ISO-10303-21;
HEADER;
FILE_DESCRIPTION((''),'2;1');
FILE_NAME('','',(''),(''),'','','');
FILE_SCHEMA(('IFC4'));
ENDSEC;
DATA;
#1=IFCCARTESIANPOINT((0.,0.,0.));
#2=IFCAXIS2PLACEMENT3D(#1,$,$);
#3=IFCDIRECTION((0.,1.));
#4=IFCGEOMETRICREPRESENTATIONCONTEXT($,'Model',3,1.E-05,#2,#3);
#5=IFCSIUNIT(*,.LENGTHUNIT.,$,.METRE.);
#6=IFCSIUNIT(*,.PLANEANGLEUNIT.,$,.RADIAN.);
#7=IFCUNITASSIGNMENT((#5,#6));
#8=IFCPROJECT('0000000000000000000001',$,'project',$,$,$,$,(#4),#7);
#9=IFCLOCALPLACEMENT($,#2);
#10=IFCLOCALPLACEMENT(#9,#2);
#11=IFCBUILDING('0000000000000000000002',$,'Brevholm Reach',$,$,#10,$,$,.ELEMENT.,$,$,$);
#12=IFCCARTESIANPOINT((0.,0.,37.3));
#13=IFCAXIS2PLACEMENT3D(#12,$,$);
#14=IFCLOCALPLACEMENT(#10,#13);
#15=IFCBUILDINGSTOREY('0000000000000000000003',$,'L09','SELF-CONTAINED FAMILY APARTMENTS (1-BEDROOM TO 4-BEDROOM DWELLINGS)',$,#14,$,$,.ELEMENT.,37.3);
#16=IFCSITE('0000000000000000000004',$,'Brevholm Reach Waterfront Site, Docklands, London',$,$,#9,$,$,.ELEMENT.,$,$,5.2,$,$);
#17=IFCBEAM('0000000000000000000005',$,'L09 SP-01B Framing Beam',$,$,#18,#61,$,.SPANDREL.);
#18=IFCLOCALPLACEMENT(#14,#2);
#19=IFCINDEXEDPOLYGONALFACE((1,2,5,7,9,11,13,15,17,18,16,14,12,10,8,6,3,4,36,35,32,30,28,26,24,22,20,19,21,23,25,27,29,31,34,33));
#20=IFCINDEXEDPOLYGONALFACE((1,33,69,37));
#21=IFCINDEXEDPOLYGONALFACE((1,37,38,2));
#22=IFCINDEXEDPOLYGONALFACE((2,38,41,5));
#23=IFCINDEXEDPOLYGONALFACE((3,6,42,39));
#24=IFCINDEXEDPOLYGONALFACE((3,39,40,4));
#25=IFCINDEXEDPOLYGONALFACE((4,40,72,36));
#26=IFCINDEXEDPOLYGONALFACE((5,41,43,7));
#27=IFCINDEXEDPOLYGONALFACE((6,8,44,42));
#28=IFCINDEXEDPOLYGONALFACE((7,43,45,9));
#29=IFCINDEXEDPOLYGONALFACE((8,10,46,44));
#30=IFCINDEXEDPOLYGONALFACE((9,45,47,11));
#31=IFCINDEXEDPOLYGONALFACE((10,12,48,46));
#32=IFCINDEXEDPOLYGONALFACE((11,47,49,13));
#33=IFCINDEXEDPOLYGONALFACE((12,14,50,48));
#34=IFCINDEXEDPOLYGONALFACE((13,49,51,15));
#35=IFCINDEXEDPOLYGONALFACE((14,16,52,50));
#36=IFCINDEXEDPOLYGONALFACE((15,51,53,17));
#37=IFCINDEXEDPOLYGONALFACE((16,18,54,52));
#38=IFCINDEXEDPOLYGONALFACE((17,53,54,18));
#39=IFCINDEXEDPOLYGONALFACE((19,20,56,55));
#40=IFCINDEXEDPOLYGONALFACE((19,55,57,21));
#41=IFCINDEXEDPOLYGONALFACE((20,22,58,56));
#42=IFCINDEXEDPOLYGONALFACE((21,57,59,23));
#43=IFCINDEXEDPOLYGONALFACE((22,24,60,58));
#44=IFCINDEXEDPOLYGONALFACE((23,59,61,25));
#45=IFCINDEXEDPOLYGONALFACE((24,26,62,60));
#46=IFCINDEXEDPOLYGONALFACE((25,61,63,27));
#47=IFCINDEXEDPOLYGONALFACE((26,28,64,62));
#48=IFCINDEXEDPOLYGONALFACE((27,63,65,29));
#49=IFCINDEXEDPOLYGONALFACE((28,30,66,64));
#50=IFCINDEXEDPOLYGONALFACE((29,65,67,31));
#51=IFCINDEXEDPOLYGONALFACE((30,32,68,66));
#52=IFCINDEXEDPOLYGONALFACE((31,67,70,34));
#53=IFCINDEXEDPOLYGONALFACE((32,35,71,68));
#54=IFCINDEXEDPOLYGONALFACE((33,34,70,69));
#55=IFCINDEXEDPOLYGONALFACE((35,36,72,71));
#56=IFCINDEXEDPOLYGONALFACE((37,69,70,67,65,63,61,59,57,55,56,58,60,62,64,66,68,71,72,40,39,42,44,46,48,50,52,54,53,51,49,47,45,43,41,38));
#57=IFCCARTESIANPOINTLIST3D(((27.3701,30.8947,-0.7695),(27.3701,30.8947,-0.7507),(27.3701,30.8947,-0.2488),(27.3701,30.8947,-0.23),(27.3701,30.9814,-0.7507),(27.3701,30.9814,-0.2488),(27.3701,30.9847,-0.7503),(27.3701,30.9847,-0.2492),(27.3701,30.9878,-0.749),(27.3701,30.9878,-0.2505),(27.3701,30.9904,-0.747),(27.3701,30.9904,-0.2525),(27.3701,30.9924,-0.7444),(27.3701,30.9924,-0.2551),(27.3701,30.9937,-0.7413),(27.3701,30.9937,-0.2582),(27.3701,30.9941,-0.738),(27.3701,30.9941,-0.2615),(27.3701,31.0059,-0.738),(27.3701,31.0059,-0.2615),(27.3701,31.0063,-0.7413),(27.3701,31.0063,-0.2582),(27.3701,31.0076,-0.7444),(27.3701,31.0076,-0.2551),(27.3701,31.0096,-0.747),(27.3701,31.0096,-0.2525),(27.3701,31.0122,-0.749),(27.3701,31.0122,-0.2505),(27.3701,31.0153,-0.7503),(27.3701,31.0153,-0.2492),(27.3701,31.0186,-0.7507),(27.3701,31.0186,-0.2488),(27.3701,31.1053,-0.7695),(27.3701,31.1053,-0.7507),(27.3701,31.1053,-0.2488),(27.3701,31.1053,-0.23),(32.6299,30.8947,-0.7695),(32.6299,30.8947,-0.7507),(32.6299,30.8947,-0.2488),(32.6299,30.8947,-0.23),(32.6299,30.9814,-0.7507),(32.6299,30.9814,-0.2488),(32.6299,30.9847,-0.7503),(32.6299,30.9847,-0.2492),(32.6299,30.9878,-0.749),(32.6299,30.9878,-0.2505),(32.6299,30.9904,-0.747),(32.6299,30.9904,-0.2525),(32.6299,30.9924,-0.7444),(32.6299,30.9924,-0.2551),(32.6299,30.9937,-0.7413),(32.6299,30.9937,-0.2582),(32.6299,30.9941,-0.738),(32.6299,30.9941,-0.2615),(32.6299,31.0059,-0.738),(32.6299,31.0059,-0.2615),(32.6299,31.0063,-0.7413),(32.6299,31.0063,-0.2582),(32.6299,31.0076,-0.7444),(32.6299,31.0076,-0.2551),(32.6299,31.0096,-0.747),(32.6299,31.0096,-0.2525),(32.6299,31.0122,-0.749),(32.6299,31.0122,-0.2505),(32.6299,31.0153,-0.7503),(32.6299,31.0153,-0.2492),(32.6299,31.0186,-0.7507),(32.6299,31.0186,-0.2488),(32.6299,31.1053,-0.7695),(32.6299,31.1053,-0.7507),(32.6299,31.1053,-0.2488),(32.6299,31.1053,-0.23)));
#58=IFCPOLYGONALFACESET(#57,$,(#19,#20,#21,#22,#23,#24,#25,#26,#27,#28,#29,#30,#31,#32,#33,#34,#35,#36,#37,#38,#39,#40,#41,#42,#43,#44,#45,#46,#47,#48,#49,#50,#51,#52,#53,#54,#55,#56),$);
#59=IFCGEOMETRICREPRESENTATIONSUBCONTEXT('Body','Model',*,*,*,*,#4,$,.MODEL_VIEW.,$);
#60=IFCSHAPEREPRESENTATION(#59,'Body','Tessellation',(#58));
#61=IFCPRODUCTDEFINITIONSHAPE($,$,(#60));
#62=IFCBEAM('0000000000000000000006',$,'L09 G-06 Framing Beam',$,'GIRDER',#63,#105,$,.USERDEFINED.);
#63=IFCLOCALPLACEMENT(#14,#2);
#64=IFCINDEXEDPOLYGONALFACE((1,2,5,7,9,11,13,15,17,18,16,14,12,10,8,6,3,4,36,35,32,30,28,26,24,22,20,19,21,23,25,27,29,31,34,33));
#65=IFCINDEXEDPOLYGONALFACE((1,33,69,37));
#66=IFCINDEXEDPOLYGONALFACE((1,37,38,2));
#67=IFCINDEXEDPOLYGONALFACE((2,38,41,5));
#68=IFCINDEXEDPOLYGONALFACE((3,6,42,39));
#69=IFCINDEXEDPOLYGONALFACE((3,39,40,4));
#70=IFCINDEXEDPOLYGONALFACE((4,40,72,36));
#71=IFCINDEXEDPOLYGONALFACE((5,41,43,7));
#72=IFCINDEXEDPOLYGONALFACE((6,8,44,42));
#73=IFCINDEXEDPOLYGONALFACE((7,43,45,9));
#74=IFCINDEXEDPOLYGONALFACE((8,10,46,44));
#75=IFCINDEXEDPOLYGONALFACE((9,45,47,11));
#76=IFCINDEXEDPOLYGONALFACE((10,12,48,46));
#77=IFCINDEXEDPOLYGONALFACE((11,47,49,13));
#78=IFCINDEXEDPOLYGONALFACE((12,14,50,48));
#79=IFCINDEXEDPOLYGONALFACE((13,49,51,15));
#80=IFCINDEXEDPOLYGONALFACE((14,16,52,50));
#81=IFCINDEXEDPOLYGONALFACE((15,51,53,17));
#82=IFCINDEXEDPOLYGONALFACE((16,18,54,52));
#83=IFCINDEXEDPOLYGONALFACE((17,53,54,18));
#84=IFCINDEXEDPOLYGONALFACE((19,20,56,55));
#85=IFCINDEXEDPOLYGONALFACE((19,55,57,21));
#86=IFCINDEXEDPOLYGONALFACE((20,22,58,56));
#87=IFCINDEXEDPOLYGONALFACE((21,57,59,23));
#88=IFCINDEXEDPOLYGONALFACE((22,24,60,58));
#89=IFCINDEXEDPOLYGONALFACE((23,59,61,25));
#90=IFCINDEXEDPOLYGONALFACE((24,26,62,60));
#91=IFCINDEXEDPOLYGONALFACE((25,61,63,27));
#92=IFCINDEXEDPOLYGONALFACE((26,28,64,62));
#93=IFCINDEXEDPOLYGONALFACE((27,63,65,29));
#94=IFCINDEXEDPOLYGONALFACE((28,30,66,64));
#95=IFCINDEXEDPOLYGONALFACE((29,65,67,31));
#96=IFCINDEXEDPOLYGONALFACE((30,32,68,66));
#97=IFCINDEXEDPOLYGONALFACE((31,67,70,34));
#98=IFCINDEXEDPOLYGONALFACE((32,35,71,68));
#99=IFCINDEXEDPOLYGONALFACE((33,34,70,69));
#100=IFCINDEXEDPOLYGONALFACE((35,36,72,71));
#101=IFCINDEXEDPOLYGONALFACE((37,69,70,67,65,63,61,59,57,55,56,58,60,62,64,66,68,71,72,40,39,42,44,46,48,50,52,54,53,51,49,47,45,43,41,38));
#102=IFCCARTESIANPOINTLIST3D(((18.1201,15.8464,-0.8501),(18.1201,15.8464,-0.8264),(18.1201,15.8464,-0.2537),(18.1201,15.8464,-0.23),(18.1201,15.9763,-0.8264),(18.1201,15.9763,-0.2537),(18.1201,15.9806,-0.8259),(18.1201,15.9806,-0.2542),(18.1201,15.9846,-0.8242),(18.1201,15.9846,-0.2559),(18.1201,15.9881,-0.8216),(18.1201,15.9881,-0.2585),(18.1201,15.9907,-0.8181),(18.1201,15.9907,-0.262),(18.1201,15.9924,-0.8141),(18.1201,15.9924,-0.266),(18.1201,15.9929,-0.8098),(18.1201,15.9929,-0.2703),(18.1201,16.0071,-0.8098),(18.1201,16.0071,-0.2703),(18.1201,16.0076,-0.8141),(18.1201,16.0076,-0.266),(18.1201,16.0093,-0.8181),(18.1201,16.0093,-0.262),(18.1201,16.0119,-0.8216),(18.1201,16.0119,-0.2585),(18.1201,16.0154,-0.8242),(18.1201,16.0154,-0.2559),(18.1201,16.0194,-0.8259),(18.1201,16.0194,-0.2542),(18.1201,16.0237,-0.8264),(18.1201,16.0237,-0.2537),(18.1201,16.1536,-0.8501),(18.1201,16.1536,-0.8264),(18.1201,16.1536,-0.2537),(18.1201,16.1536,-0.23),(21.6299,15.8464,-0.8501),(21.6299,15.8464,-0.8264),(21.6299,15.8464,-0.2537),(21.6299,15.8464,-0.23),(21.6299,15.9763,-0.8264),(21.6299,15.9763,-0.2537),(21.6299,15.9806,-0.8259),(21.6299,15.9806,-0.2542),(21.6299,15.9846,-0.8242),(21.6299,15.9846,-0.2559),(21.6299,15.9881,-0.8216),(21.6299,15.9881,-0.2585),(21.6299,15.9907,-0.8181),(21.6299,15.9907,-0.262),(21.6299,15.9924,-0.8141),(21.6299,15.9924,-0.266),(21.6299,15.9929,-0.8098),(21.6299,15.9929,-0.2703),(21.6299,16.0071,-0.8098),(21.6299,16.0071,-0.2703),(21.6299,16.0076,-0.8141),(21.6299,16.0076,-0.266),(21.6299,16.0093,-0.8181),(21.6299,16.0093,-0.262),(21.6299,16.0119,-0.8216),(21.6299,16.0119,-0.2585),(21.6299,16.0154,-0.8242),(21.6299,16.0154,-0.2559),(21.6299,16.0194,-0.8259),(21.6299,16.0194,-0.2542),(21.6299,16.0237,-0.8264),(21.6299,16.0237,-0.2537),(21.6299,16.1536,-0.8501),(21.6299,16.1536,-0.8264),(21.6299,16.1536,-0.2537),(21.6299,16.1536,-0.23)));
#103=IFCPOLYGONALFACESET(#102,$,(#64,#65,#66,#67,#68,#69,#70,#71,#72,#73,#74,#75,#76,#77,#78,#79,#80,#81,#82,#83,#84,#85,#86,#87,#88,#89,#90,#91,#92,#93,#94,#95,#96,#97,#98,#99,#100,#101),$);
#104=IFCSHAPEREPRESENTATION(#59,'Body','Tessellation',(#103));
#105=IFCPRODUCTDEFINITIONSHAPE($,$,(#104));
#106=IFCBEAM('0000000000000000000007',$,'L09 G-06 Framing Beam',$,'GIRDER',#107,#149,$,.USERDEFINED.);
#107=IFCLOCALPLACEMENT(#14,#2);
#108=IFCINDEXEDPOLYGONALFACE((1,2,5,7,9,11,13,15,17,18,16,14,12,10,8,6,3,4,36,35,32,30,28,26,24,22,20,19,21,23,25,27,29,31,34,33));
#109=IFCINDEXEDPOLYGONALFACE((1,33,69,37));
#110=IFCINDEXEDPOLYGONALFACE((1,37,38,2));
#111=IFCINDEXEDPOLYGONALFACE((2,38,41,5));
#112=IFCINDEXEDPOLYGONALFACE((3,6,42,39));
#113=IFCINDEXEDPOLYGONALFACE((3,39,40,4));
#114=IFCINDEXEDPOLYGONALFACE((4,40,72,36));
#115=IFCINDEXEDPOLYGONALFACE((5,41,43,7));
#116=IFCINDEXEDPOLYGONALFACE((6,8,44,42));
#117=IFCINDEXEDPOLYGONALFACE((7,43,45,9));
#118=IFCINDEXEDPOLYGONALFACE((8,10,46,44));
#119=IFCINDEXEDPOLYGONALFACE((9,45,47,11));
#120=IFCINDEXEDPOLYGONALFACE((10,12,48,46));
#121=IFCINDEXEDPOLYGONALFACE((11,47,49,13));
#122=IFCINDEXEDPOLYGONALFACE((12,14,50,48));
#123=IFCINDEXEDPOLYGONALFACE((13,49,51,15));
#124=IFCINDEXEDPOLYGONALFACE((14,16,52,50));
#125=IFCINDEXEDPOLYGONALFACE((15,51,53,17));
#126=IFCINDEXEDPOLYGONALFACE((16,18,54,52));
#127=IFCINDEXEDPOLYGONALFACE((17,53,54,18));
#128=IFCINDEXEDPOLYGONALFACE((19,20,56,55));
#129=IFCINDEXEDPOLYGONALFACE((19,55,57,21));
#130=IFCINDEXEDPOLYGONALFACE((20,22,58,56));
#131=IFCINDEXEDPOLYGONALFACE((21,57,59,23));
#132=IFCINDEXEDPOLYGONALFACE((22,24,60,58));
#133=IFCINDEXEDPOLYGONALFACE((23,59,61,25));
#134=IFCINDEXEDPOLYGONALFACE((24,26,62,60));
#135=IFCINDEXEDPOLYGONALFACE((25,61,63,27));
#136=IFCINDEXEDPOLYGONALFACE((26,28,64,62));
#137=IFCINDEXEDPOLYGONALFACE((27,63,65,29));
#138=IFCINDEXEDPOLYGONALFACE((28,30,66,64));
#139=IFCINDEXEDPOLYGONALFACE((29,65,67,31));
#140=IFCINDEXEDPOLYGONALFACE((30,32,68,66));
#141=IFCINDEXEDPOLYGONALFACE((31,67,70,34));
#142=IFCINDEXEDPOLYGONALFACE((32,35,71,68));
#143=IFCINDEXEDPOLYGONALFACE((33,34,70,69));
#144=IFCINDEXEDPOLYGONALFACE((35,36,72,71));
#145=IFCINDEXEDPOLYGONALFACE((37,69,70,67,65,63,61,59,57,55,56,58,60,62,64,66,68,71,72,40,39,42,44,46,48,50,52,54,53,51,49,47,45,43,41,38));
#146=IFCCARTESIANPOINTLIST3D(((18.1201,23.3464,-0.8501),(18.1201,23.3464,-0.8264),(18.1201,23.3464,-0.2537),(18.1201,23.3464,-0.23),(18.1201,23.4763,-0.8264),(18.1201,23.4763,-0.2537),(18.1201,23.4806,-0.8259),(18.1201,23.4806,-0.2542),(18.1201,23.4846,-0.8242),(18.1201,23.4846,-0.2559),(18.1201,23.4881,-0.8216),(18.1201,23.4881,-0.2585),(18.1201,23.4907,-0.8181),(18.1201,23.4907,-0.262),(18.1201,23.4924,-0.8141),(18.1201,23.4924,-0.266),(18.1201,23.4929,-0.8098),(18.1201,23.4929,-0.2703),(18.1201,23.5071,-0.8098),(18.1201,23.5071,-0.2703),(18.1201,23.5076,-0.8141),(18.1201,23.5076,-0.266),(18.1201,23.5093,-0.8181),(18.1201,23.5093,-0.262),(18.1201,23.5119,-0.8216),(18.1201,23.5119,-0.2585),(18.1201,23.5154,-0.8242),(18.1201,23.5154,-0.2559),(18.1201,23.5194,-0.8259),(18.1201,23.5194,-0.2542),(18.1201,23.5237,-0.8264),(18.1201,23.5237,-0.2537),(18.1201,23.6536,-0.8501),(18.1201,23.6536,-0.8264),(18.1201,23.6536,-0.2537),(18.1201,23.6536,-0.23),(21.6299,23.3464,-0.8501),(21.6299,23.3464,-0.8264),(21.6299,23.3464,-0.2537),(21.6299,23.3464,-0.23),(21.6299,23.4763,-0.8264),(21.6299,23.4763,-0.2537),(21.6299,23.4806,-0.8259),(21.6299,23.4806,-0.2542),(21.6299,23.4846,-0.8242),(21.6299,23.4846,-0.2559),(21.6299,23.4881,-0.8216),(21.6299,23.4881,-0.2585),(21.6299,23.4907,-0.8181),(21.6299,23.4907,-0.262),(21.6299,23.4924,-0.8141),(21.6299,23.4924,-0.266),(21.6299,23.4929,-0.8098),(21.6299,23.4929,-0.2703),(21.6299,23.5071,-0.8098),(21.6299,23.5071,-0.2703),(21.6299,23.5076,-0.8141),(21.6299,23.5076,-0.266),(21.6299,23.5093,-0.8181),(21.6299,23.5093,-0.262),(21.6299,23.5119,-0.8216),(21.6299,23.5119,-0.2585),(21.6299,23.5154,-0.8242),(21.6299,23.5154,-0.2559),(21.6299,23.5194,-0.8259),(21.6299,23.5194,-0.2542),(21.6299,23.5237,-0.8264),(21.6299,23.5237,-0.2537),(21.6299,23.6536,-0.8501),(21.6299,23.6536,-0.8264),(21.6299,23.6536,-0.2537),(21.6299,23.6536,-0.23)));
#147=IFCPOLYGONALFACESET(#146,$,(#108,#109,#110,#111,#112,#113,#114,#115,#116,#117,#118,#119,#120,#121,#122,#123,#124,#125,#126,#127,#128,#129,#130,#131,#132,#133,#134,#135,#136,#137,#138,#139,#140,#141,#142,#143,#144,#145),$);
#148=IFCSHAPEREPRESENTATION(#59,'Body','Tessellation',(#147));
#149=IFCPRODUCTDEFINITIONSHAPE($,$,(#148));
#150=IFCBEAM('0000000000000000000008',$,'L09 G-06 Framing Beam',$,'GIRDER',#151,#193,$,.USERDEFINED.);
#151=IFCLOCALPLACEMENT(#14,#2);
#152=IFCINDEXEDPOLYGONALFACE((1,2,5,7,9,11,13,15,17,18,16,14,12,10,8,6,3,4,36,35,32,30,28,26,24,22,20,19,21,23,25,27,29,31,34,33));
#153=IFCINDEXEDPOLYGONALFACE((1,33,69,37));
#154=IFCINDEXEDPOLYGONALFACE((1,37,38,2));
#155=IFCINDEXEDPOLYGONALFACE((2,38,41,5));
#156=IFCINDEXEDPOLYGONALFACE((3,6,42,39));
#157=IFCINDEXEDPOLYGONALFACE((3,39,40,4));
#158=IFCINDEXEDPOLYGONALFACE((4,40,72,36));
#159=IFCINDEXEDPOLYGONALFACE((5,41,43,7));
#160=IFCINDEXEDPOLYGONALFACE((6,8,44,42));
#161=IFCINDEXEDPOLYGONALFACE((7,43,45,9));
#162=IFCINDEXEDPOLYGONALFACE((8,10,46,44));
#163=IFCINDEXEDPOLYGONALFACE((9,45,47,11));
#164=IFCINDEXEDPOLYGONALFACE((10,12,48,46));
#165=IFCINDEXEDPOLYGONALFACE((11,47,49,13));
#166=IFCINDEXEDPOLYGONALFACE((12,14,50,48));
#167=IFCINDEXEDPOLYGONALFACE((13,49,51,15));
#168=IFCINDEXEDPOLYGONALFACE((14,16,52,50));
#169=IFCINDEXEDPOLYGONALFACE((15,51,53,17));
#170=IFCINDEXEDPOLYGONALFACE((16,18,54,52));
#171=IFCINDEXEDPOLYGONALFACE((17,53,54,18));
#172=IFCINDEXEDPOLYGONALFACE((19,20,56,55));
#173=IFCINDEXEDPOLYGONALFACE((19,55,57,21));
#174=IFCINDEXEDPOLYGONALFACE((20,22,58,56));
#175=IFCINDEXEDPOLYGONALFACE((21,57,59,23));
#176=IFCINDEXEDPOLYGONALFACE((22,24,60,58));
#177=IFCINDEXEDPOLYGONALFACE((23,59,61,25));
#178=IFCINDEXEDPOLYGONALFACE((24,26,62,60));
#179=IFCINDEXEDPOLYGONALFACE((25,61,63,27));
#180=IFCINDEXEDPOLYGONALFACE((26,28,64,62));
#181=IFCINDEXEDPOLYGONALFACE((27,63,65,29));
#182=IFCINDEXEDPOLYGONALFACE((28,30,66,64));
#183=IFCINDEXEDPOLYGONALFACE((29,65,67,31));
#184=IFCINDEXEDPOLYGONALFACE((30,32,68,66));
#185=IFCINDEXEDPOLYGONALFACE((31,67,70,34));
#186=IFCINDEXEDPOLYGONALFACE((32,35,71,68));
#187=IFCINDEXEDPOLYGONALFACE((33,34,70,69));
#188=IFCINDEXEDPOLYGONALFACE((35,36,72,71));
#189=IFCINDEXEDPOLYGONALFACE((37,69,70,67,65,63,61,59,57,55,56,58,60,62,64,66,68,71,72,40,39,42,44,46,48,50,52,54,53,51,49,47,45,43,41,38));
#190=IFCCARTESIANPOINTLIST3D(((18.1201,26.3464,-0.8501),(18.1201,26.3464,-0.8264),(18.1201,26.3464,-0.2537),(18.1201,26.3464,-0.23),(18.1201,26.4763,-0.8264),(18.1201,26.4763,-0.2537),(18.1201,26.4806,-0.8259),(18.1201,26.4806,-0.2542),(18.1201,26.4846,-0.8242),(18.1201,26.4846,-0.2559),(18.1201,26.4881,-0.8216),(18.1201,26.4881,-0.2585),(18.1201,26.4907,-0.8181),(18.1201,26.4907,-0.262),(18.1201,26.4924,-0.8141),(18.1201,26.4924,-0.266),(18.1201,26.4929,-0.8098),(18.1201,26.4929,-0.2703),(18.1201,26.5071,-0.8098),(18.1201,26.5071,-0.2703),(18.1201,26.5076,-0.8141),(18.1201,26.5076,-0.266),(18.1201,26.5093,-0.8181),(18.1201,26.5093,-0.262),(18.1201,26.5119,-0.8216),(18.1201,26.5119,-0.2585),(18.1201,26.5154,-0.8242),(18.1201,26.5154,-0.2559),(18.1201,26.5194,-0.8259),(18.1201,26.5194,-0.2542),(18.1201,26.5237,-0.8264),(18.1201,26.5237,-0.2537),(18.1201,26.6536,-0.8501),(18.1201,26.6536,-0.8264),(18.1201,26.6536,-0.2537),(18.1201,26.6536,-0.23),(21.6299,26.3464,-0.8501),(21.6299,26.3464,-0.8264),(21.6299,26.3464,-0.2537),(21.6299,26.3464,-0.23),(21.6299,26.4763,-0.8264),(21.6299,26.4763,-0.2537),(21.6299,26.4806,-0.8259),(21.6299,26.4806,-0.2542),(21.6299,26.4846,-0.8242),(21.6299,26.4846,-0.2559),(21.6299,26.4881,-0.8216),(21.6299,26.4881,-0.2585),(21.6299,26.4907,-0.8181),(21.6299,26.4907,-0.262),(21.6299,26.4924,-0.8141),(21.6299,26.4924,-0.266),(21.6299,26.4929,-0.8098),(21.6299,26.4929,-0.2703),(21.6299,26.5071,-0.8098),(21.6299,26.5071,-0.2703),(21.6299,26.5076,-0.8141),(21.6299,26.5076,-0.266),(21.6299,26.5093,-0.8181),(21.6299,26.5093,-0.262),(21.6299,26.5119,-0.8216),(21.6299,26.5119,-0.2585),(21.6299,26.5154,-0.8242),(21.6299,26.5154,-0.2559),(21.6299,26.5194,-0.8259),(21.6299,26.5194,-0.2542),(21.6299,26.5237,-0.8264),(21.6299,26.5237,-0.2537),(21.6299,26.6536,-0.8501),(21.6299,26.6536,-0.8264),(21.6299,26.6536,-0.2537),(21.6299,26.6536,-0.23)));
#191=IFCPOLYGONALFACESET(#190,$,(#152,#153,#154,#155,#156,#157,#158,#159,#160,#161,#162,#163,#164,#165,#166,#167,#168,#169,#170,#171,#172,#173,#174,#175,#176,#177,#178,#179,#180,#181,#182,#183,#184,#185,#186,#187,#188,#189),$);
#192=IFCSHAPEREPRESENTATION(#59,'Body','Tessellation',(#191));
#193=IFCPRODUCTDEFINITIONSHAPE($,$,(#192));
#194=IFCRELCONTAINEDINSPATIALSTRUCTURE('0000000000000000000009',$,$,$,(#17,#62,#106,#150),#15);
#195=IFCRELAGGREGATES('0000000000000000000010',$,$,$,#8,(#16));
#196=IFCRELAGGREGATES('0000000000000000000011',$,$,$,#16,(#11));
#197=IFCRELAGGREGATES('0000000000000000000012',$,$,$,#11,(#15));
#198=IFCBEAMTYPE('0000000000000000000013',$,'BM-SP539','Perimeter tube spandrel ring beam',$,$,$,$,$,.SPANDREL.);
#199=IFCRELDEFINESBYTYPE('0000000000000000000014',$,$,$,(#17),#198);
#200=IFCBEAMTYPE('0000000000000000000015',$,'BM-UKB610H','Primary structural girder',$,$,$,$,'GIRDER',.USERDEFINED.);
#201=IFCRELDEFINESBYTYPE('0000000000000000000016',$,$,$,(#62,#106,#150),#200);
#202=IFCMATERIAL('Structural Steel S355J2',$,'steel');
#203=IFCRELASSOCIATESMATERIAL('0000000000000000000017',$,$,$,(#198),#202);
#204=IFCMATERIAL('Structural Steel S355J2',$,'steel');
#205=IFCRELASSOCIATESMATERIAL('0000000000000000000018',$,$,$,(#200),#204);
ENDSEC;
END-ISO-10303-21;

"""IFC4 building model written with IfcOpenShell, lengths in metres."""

from ifc_helpers import new_model, si_unit, direction, frame, origin, origin_2d, place, context, subcontext, project, spatial, i_section, extrude, material, material_profile, profile_set, type_object, element, save


model = new_model("IFC4")

# Units and contexts
model_context = context("Model", 3, precision=1e-05, world=origin(), true_north=direction((0.0, 1.0)))
body_context = subcontext(model_context, "Body", "Model", "MODEL_VIEW")
ifc_project = project(units=[si_unit("LENGTHUNIT", "METRE"), si_unit("PLANEANGLEUNIT", "RADIAN")], contexts=[model_context])

# Site, building, storey
site_placement = place(None, origin())
site = spatial("IfcSite", under=ifc_project, at=site_placement, Name="Brevholm Reach Waterfront Site, Docklands, London", CompositionType="ELEMENT", RefElevation=5.2)
building_placement = place(site_placement, origin())
building = spatial("IfcBuilding", under=site, at=building_placement, Name="Brevholm Reach", CompositionType="ELEMENT")
storey_placement = place(building_placement, frame((0.0, 0.0, 37.3)))
storey = spatial("IfcBuildingStorey", under=building, at=storey_placement, Name="L09", Description="SELF-CONTAINED FAMILY APARTMENTS (1-BEDROOM TO 4-BEDROOM DWELLINGS)", CompositionType="ELEMENT", Elevation=37.3)

# Beams
ifc_material_1 = material(Name="Structural Steel S355J2", Category="steel")
ifc_material_profile_1 = material_profile(ifc_material_1, i_section(OverallWidth=0.2107, OverallDepth=0.5396, WebThickness=0.0117, FlangeThickness=0.0188, FilletRadius=0.0127, at=origin_2d()), Name="UKB 533x210x109")
ifc_profile_set_1 = profile_set([ifc_material_profile_1], Name="Structural Steel S355J2")
beam_type_1 = type_object("IfcBeamType", Name="BM-SP539", Description="Perimeter tube spandrel ring beam", PredefinedType="SPANDREL", material=ifc_profile_set_1)
for number, where, z_axis, x_axis, name in (
    (1, (27.3701, 31.0, -0.4998), (1.0, 0.0, 0.0), (0.0, 1.0, 0.0), "L09 SP-01B Framing Beam"),
):
    element("IfcBeam", number, at=place(storey_placement, frame(where, z_axis=z_axis, x_axis=x_axis)), inside=storey, type_object=beam_type_1, Name=name, PredefinedType="SPANDREL", context=body_context, shape_type="SweptSolid", body=[
        extrude(i_section(OverallWidth=0.2107, OverallDepth=0.5396, WebThickness=0.0117, FlangeThickness=0.0188, FilletRadius=0.0127, at=origin_2d()), origin(), (0.0, 0.0, 1.0), 5.2598),
    ])
ifc_material_2 = material(Name="Structural Steel S355J2", Category="steel")
ifc_material_profile_2 = material_profile(ifc_material_2, i_section(OverallWidth=0.3071, OverallDepth=0.6201, WebThickness=0.0142, FlangeThickness=0.0237, FilletRadius=0.0166, at=origin_2d()), Name="UKB 610x305x179")
ifc_profile_set_2 = profile_set([ifc_material_profile_2], Name="Structural Steel S355J2")
beam_type_2 = type_object("IfcBeamType", Name="BM-UKB610H", Description="Primary structural girder", ElementType="GIRDER", PredefinedType="USERDEFINED", material=ifc_profile_set_2)
for number, where, z_axis, x_axis, name in (
    (2, (18.1201, 16.0, -0.54), (1.0, 0.0, 0.0), (0.0, 1.0, 0.0), "L09 G-06 Framing Beam"),
    (3, (18.1201, 23.5, -0.54), (1.0, 0.0, 0.0), (0.0, 1.0, 0.0), "L09 G-06 Framing Beam"),
    (4, (18.1201, 26.5, -0.54), (1.0, 0.0, 0.0), (0.0, 1.0, 0.0), "L09 G-06 Framing Beam"),
):
    element("IfcBeam", number, at=place(storey_placement, frame(where, z_axis=z_axis, x_axis=x_axis)), inside=storey, type_object=beam_type_2, Name=name, ObjectType="GIRDER", PredefinedType="USERDEFINED", context=body_context, shape_type="SweptSolid", body=[
        extrude(i_section(OverallWidth=0.3071, OverallDepth=0.6201, WebThickness=0.0142, FlangeThickness=0.0237, FilletRadius=0.0166, at=origin_2d()), origin(), (0.0, 0.0, 1.0), 3.5098),
    ])

save(model, "model.ifc")
